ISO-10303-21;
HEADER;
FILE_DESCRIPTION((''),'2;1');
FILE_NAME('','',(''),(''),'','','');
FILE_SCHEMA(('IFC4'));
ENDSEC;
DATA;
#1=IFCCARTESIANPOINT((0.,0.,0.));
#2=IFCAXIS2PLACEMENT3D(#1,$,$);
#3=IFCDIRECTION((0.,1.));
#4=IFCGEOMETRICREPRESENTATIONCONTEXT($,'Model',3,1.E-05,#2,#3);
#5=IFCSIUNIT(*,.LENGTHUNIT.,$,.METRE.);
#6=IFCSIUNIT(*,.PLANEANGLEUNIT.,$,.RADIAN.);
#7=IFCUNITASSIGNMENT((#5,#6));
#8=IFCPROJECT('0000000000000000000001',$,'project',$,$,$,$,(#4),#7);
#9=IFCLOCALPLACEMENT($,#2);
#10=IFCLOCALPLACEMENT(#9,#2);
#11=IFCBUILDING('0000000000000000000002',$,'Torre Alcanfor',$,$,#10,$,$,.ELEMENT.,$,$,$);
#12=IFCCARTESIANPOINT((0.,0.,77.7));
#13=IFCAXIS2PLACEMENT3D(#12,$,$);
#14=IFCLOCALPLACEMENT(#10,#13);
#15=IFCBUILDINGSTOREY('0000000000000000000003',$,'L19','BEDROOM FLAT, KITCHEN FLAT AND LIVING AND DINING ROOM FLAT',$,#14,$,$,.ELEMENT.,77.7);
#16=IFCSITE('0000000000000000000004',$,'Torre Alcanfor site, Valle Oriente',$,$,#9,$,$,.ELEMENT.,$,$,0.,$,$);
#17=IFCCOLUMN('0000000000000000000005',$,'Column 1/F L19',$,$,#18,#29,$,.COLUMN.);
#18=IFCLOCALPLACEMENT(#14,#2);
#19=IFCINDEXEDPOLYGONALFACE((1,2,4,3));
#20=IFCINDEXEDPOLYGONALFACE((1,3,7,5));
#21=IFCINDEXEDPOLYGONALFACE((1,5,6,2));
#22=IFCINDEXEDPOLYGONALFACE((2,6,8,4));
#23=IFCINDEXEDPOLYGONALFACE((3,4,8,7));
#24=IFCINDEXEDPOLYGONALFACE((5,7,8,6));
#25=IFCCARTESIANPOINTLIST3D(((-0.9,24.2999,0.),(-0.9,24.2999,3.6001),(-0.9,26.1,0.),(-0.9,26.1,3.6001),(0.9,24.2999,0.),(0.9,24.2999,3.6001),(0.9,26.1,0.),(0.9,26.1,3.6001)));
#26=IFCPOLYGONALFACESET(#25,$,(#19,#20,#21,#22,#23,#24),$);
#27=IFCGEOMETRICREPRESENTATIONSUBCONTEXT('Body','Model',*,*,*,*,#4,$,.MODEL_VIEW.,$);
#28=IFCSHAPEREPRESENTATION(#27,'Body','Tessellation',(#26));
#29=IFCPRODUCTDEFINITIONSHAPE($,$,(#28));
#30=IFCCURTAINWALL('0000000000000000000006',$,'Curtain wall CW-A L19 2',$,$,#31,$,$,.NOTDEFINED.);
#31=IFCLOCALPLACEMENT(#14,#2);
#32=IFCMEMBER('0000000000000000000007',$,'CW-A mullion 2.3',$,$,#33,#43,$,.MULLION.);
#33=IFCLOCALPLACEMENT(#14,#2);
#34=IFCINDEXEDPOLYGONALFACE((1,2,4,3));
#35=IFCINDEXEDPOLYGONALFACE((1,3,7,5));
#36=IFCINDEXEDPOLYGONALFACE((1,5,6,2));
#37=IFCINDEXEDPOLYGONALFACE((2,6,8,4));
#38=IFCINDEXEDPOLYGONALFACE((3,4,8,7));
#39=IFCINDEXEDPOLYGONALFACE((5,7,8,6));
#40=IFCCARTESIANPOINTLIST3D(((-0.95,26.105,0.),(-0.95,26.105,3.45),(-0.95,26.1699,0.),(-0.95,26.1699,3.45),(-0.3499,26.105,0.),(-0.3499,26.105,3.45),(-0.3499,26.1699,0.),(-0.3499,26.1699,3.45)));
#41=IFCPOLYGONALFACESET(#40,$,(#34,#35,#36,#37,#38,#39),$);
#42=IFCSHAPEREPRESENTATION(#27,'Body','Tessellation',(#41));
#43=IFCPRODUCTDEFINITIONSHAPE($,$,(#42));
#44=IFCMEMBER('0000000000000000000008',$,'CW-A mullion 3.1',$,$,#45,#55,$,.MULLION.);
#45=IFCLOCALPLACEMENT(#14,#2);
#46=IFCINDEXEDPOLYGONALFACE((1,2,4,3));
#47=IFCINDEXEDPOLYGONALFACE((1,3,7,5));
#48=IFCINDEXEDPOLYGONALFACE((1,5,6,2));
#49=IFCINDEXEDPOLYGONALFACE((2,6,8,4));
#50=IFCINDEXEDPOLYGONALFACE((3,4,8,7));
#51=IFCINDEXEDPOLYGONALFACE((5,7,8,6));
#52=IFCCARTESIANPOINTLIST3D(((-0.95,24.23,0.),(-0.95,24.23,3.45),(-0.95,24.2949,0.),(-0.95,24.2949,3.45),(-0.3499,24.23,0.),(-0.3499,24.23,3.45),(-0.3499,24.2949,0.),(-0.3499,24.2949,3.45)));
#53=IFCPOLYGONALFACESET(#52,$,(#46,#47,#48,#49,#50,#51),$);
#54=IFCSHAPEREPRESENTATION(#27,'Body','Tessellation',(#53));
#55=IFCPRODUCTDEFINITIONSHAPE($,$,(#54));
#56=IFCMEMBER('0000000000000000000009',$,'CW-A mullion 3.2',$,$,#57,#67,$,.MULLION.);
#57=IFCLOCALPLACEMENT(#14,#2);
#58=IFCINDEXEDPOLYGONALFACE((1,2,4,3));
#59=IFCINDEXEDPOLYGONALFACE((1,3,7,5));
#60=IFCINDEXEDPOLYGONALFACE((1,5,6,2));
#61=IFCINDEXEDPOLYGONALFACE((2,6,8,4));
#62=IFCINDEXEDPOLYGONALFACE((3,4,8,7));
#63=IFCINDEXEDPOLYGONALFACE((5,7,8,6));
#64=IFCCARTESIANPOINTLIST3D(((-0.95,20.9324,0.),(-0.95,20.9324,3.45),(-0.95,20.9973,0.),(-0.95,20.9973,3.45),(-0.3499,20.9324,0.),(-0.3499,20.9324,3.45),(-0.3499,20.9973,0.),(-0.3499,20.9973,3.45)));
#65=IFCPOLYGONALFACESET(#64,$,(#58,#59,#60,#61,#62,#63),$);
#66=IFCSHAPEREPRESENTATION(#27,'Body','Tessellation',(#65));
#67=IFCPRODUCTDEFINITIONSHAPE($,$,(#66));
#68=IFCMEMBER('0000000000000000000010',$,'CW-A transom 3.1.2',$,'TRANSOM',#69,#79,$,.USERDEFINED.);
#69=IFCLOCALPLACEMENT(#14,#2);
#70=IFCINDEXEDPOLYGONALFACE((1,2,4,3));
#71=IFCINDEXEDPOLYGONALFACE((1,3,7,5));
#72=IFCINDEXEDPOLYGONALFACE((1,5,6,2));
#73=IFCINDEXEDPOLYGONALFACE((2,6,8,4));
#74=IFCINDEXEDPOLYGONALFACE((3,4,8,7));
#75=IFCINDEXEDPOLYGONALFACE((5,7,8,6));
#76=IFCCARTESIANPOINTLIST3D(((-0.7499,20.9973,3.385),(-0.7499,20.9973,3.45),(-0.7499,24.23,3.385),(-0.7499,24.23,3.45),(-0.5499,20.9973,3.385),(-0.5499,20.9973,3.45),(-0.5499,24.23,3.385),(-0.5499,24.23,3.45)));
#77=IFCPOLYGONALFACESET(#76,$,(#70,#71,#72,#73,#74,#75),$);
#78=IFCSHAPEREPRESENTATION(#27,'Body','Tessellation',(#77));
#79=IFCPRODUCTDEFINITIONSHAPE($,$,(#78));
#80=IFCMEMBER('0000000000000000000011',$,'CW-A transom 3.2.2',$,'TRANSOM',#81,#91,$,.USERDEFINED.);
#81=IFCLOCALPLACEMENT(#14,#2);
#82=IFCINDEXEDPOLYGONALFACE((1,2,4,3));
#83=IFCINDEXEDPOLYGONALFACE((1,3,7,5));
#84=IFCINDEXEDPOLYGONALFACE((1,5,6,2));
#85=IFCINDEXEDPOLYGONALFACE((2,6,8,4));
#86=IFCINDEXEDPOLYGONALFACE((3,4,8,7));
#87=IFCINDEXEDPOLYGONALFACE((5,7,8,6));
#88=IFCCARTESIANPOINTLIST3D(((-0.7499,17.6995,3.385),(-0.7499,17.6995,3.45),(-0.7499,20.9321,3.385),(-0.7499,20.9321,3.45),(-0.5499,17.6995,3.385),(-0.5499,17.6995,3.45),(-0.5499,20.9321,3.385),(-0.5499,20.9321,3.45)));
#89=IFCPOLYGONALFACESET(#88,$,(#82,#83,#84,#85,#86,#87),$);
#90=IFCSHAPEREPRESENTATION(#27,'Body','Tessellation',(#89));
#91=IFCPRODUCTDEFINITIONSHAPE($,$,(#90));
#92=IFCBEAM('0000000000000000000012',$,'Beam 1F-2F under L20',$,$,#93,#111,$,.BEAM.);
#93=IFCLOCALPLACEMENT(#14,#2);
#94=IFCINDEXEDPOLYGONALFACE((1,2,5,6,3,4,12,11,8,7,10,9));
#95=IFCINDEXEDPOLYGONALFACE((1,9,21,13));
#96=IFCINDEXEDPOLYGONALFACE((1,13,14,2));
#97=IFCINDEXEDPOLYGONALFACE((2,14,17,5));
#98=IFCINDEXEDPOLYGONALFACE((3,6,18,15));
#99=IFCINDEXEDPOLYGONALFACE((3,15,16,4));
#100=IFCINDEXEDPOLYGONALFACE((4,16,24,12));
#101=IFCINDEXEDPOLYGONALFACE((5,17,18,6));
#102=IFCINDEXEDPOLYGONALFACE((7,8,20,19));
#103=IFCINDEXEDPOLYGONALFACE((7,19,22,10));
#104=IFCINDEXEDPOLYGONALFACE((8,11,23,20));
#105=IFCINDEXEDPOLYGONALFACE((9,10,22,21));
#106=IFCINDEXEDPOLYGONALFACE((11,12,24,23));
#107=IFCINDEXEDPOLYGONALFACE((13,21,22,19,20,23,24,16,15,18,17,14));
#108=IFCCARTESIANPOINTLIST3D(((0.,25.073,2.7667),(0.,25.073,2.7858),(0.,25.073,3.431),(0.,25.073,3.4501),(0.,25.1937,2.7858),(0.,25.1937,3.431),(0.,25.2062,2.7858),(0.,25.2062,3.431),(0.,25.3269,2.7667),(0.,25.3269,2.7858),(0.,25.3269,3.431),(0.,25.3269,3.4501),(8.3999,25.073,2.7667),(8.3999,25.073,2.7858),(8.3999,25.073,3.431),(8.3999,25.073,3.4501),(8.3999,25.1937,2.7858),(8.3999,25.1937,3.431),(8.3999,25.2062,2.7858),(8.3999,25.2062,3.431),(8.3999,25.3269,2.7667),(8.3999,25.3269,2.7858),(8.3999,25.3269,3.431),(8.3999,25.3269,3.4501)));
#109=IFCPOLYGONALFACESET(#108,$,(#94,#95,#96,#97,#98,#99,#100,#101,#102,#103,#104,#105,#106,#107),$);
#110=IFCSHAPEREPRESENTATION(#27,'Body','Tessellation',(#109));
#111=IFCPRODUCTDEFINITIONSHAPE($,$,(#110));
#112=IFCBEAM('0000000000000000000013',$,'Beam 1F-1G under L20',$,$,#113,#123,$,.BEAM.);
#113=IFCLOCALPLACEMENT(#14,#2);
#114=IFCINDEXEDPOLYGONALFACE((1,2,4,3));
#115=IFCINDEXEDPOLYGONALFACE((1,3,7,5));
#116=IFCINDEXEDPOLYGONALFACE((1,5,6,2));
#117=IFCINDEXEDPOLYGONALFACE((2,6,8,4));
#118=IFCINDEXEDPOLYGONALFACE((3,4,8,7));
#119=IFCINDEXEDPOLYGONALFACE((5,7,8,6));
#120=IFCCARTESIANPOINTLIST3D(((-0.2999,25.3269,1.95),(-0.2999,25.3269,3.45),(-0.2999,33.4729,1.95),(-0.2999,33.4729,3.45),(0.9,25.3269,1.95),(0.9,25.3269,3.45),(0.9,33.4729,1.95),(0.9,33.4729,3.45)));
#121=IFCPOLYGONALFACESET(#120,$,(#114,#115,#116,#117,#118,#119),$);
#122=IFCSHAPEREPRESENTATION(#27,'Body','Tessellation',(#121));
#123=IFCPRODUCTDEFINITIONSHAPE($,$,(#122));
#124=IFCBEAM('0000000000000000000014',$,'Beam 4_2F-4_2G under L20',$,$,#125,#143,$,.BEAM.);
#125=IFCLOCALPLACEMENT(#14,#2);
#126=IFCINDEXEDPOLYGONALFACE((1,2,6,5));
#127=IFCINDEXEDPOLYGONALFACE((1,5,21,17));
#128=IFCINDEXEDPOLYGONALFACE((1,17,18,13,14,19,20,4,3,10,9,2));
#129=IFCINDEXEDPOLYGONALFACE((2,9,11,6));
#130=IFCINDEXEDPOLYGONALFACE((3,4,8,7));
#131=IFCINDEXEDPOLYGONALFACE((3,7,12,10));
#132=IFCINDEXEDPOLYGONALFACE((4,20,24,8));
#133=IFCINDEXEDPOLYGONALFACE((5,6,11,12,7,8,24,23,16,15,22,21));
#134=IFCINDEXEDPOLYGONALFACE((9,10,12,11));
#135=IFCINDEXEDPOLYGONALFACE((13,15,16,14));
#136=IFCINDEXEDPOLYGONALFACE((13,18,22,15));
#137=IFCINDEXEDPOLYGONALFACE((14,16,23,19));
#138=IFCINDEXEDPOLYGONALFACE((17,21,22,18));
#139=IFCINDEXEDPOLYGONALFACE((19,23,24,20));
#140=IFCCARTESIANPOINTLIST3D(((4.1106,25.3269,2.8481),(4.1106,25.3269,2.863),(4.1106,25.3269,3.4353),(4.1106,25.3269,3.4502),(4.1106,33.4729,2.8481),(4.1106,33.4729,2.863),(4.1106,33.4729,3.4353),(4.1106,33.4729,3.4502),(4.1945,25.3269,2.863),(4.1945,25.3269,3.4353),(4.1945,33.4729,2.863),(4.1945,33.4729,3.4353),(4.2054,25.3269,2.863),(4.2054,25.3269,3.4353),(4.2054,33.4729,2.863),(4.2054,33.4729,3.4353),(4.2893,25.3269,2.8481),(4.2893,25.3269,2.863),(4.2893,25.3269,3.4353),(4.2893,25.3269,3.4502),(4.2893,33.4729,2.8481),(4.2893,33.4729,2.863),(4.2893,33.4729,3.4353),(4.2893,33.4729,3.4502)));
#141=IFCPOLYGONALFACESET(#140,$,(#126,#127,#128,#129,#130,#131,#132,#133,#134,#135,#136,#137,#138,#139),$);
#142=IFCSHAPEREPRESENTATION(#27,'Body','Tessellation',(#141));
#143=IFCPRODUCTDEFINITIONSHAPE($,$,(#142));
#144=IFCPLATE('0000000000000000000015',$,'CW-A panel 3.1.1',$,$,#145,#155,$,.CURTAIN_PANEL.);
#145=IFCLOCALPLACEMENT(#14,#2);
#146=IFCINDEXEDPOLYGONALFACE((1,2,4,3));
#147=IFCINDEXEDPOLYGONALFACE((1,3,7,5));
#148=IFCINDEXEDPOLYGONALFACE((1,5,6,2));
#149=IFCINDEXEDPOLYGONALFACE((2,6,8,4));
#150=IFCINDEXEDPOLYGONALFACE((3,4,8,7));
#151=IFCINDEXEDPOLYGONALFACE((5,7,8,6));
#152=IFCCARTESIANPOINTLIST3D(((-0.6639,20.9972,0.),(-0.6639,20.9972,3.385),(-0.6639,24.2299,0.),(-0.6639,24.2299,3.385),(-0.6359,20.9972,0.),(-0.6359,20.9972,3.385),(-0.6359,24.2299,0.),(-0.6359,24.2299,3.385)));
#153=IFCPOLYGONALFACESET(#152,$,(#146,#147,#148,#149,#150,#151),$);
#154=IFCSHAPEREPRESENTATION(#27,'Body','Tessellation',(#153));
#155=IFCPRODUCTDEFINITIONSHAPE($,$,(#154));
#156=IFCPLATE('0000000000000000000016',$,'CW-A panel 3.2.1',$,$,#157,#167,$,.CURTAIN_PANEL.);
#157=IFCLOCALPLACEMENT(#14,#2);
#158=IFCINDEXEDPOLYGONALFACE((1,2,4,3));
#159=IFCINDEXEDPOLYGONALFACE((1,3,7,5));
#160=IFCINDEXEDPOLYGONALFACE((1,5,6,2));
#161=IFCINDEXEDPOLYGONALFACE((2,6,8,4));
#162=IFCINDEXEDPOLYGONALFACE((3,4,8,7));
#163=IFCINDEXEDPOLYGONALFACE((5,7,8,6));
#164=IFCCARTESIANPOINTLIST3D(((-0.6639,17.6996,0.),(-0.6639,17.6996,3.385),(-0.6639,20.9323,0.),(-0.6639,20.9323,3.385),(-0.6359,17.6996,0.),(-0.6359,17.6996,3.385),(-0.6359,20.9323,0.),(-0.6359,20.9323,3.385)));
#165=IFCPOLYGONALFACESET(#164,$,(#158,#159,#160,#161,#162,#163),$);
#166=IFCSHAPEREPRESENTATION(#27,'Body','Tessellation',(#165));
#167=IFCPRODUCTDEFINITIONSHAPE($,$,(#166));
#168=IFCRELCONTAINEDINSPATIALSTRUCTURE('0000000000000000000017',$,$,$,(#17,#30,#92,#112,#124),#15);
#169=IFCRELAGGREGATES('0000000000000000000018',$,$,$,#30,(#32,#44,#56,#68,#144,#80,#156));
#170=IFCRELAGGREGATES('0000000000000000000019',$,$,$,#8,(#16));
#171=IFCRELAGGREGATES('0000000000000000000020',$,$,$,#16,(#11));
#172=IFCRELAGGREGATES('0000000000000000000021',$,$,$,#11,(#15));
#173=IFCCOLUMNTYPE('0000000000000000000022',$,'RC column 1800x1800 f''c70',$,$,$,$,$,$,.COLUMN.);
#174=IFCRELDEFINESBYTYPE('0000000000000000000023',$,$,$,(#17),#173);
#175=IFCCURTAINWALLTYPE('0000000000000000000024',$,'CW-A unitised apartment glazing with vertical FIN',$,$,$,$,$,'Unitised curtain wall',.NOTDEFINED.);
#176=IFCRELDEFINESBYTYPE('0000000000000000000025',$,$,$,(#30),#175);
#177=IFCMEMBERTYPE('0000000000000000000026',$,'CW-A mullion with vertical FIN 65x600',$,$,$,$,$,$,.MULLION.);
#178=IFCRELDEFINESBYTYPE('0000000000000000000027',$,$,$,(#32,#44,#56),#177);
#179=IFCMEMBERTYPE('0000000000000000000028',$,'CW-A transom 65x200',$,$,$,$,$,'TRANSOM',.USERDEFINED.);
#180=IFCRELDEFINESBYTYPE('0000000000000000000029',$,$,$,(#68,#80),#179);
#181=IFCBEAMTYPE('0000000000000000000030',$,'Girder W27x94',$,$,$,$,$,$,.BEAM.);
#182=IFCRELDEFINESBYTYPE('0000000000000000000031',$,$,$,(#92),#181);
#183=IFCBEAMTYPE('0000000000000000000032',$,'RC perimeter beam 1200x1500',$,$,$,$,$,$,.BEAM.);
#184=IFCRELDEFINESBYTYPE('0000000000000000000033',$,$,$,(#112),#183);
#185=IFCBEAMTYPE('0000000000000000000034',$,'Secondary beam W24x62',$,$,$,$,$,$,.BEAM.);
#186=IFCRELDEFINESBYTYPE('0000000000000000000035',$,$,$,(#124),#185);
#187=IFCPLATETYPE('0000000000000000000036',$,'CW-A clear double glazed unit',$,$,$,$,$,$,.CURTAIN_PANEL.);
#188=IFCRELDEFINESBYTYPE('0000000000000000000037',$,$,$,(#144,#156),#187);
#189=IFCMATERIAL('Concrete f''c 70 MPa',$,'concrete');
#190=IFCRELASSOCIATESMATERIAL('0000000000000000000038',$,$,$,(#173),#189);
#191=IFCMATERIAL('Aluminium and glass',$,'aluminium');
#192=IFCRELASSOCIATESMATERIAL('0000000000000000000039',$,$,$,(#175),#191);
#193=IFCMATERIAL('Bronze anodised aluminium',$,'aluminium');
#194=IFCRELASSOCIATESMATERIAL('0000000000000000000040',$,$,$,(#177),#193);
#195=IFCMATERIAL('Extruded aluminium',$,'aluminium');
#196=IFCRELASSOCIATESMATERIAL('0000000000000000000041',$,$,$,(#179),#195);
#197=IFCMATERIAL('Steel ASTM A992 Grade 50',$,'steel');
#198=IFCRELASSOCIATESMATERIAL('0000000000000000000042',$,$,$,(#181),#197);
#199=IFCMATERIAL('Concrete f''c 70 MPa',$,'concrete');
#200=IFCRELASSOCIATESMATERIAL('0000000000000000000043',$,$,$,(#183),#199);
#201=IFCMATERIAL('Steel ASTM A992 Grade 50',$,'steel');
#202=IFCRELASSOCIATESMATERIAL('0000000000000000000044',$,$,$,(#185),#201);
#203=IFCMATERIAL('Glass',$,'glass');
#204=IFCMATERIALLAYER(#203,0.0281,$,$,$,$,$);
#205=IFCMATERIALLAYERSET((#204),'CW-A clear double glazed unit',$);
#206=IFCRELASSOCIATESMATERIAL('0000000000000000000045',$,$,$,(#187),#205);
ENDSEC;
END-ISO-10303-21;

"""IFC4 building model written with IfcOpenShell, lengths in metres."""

from ifc_helpers import new_model, si_unit, direction, frame, origin, origin_2d, place, context, subcontext, project, spatial, rectangle, i_section, extrude, material, layer, layer_set, material_profile, profile_set, type_object, element, aggregate, save


model = new_model("IFC4")

# Units and contexts
model_context = context("Model", 3, precision=1e-05, world=origin(), true_north=direction((0.0, 1.0)))
body_context = subcontext(model_context, "Body", "Model", "MODEL_VIEW")
ifc_project = project(units=[si_unit("LENGTHUNIT", "METRE"), si_unit("PLANEANGLEUNIT", "RADIAN")], contexts=[model_context])

# Site, building, storey
site_placement = place(None, origin())
site = spatial("IfcSite", under=ifc_project, at=site_placement, Name="Torre Alcanfor site, Valle Oriente", CompositionType="ELEMENT", RefElevation=0.0)
building_placement = place(site_placement, origin())
building = spatial("IfcBuilding", under=site, at=building_placement, Name="Torre Alcanfor", CompositionType="ELEMENT")
storey_placement = place(building_placement, frame((0.0, 0.0, 77.7)))
storey = spatial("IfcBuildingStorey", under=building, at=storey_placement, Name="L19", Description="BEDROOM FLAT, KITCHEN FLAT AND LIVING AND DINING ROOM FLAT", CompositionType="ELEMENT", Elevation=77.7)

# Column
ifc_material_1 = material(Name="Concrete f'c 70 MPa", Category="concrete")
ifc_material_profile_1 = material_profile(ifc_material_1, rectangle(XDim=1.8, YDim=1.8, at=origin_2d()), Name="1800x1800")
ifc_profile_set_1 = profile_set([ifc_material_profile_1], Name="Concrete f'c 70 MPa")
column_type = type_object("IfcColumnType", Name="RC column 1800x1800 f'c70", PredefinedType="COLUMN", material=ifc_profile_set_1)
column_placement = place(storey_placement, frame((0.0, 25.2, 0.0), z_axis=(0.0, 0.0, 1.0), x_axis=(1.0, 0.0, 0.0)))
element("IfcColumn", 1, at=column_placement, inside=storey, type_object=column_type, Name="Column 1/F L19", PredefinedType="COLUMN", context=body_context, shape_type="SweptSolid", body=[
    extrude(rectangle(XDim=1.8, YDim=1.8, at=origin_2d()), origin(), (0.0, 0.0, 1.0), 3.6001),
])

# Curtain wall, members
ifc_material_2 = material(Name="Aluminium and glass", Category="aluminium")
curtain_wall_type = type_object("IfcCurtainWallType", Name="CW-A unitised apartment glazing with vertical FIN", ElementType="Unitised curtain wall", PredefinedType="NOTDEFINED", material=ifc_material_2)
curtain_wall_placement = place(storey_placement, origin())
curtain_wall = element("IfcCurtainWall", 2, at=curtain_wall_placement, inside=storey, type_object=curtain_wall_type, Name="Curtain wall CW-A L19 2", PredefinedType="NOTDEFINED")
ifc_material_3 = material(Name="Bronze anodised aluminium", Category="aluminium")
ifc_material_profile_2 = material_profile(ifc_material_3, rectangle(XDim=0.6001, YDim=0.0649, at=origin_2d()), Name="CW-A mullion 65x600")
ifc_profile_set_2 = profile_set([ifc_material_profile_2], Name="Bronze anodised aluminium")
member_type_1 = type_object("IfcMemberType", Name="CW-A mullion with vertical FIN 65x600", PredefinedType="MULLION", material=ifc_profile_set_2)
member_1_placement = place(storey_placement, frame((-0.6499, 26.1375, 0.0), z_axis=(0.0, 0.0, 1.0), x_axis=(1.0, 0.0, 0.0)))
member_1 = element("IfcMember", 3, at=member_1_placement, type_object=member_type_1, Name="CW-A mullion 2.3", PredefinedType="MULLION", context=body_context, shape_type="SweptSolid", body=[
    extrude(rectangle(XDim=0.6001, YDim=0.0649, at=origin_2d()), origin(), (0.0, 0.0, 1.0), 3.45),
])
member_2_placement = place(storey_placement, frame((-0.6499, 24.2625, 0.0), z_axis=(0.0, 0.0, 1.0), x_axis=(1.0, 0.0, 0.0)))
member_2 = element("IfcMember", 4, at=member_2_placement, type_object=member_type_1, Name="CW-A mullion 3.1", PredefinedType="MULLION", context=body_context, shape_type="SweptSolid", body=[
    extrude(rectangle(XDim=0.6001, YDim=0.0649, at=origin_2d()), origin(), (0.0, 0.0, 1.0), 3.45),
])
member_3_placement = place(storey_placement, frame((-0.6499, 20.9648, 0.0), z_axis=(0.0, 0.0, 1.0), x_axis=(1.0, 0.0, 0.0)))
member_3 = element("IfcMember", 5, at=member_3_placement, type_object=member_type_1, Name="CW-A mullion 3.2", PredefinedType="MULLION", context=body_context, shape_type="SweptSolid", body=[
    extrude(rectangle(XDim=0.6001, YDim=0.0649, at=origin_2d()), origin(), (0.0, 0.0, 1.0), 3.45),
])
ifc_material_4 = material(Name="Extruded aluminium", Category="aluminium")
ifc_material_profile_3 = material_profile(ifc_material_4, rectangle(XDim=0.2, YDim=0.0649, at=origin_2d()), Name="CW-A transom 200x65")
ifc_profile_set_3 = profile_set([ifc_material_profile_3], Name="Extruded aluminium")
member_type_2 = type_object("IfcMemberType", Name="CW-A transom 65x200", ElementType="TRANSOM", PredefinedType="USERDEFINED", material=ifc_profile_set_3)
member_4_placement = place(storey_placement, frame((-0.6499, 24.23, 3.4175), z_axis=(0.0, -1.0, 0.0), x_axis=(1.0, 0.0, 0.0)))
member_4 = element("IfcMember", 6, at=member_4_placement, type_object=member_type_2, Name="CW-A transom 3.1.2", ObjectType="TRANSOM", PredefinedType="USERDEFINED", context=body_context, shape_type="SweptSolid", body=[
    extrude(rectangle(XDim=0.2, YDim=0.0649, at=origin_2d()), origin(), (0.0, 0.0, 1.0), 3.2327),
])
member_5_placement = place(storey_placement, frame((-0.6499, 20.9321, 3.4175), z_axis=(0.0, -1.0, 0.0), x_axis=(1.0, 0.0, 0.0)))
member_5 = element("IfcMember", 7, at=member_5_placement, type_object=member_type_2, Name="CW-A transom 3.2.2", ObjectType="TRANSOM", PredefinedType="USERDEFINED", context=body_context, shape_type="SweptSolid", body=[
    extrude(rectangle(XDim=0.2, YDim=0.0649, at=origin_2d()), origin(), (0.0, 0.0, 1.0), 3.2327),
])

# Beams
ifc_material_5 = material(Name="Steel ASTM A992 Grade 50", Category="steel")
ifc_material_profile_4 = material_profile(ifc_material_5, i_section(OverallWidth=0.2539, OverallDepth=0.6833, WebThickness=0.0125, FlangeThickness=0.019, at=origin_2d()), Name="W27x94")
ifc_profile_set_4 = profile_set([ifc_material_profile_4], Name="Steel ASTM A992 Grade 50")
beam_type_1 = type_object("IfcBeamType", Name="Girder W27x94", PredefinedType="BEAM", material=ifc_profile_set_4)
beam_1_placement = place(storey_placement, frame((0.0, 25.2, 3.1084), z_axis=(1.0, 0.0, 0.0), x_axis=(0.0, 1.0, 0.0)))
element("IfcBeam", 8, at=beam_1_placement, inside=storey, type_object=beam_type_1, Name="Beam 1F-2F under L20", PredefinedType="BEAM", context=body_context, shape_type="SweptSolid", body=[
    extrude(i_section(OverallWidth=0.2539, OverallDepth=0.6833, WebThickness=0.0125, FlangeThickness=0.019, at=origin_2d()), origin(), (0.0, 0.0, 1.0), 8.3999),
])
ifc_material_6 = material(Name="Concrete f'c 70 MPa", Category="concrete")
ifc_material_profile_5 = material_profile(ifc_material_6, rectangle(XDim=1.2, YDim=1.5, at=origin_2d()), Name="1200x1500")
ifc_profile_set_5 = profile_set([ifc_material_profile_5], Name="Concrete f'c 70 MPa")
beam_type_2 = type_object("IfcBeamType", Name="RC perimeter beam 1200x1500", PredefinedType="BEAM", material=ifc_profile_set_5)
beam_2_placement = place(storey_placement, frame((0.3, 25.3269, 2.7), z_axis=(0.0, 1.0, 0.0), x_axis=(-1.0, 0.0, 0.0)))
element("IfcBeam", 9, at=beam_2_placement, inside=storey, type_object=beam_type_2, Name="Beam 1F-1G under L20", PredefinedType="BEAM", context=body_context, shape_type="SweptSolid", body=[
    extrude(rectangle(XDim=1.2, YDim=1.5, at=origin_2d()), origin(), (0.0, 0.0, 1.0), 8.146),
])
ifc_material_7 = material(Name="Steel ASTM A992 Grade 50", Category="steel")
ifc_material_profile_6 = material_profile(ifc_material_7, i_section(OverallWidth=0.1787, OverallDepth=0.6021, WebThickness=0.011, FlangeThickness=0.0149, at=origin_2d()), Name="W24x62")
ifc_profile_set_6 = profile_set([ifc_material_profile_6], Name="Steel ASTM A992 Grade 50")
beam_type_3 = type_object("IfcBeamType", Name="Secondary beam W24x62", PredefinedType="BEAM", material=ifc_profile_set_6)
beam_3_placement = place(storey_placement, frame((4.2, 25.3269, 3.1492), z_axis=(0.0, 1.0, 0.0), x_axis=(-1.0, 0.0, 0.0)))
element("IfcBeam", 10, at=beam_3_placement, inside=storey, type_object=beam_type_3, Name="Beam 4_2F-4_2G under L20", PredefinedType="BEAM", context=body_context, shape_type="SweptSolid", body=[
    extrude(i_section(OverallWidth=0.1787, OverallDepth=0.6021, WebThickness=0.011, FlangeThickness=0.0149, at=origin_2d()), origin(), (0.0, 0.0, 1.0), 8.146),
])

# Plates
ifc_material_8 = material(Name="Glass", Category="glass")
ifc_layer_1 = layer(ifc_material_8, 0.0281)
ifc_layer_set_1 = layer_set([ifc_layer_1], Name="CW-A clear double glazed unit")
plate_type = type_object("IfcPlateType", Name="CW-A clear double glazed unit", PredefinedType="CURTAIN_PANEL", material=ifc_layer_set_1)
plate_1_placement = place(storey_placement, frame((-0.6499, 22.6135, 0.0), z_axis=(0.0, 0.0, 1.0), x_axis=(0.0, -1.0, 0.0)))
plate_1 = element("IfcPlate", 11, at=plate_1_placement, type_object=plate_type, Name="CW-A panel 3.1.1", PredefinedType="CURTAIN_PANEL", context=body_context, shape_type="SweptSolid", body=[
    extrude(rectangle(XDim=3.2327, YDim=0.0281, at=origin_2d()), origin(), (0.0, 0.0, 1.0), 3.385),
])
plate_2_placement = place(storey_placement, frame((-0.6499, 19.3159, 0.0), z_axis=(0.0, 0.0, 1.0), x_axis=(0.0, -1.0, 0.0)))
plate_2 = element("IfcPlate", 12, at=plate_2_placement, type_object=plate_type, Name="CW-A panel 3.2.1", PredefinedType="CURTAIN_PANEL", context=body_context, shape_type="SweptSolid", body=[
    extrude(rectangle(XDim=3.2327, YDim=0.0281, at=origin_2d()), origin(), (0.0, 0.0, 1.0), 3.385),
])
aggregate(curtain_wall, [member_1, member_2, member_3, member_4, plate_1, member_5, plate_2])

save(model, "model.ifc")
